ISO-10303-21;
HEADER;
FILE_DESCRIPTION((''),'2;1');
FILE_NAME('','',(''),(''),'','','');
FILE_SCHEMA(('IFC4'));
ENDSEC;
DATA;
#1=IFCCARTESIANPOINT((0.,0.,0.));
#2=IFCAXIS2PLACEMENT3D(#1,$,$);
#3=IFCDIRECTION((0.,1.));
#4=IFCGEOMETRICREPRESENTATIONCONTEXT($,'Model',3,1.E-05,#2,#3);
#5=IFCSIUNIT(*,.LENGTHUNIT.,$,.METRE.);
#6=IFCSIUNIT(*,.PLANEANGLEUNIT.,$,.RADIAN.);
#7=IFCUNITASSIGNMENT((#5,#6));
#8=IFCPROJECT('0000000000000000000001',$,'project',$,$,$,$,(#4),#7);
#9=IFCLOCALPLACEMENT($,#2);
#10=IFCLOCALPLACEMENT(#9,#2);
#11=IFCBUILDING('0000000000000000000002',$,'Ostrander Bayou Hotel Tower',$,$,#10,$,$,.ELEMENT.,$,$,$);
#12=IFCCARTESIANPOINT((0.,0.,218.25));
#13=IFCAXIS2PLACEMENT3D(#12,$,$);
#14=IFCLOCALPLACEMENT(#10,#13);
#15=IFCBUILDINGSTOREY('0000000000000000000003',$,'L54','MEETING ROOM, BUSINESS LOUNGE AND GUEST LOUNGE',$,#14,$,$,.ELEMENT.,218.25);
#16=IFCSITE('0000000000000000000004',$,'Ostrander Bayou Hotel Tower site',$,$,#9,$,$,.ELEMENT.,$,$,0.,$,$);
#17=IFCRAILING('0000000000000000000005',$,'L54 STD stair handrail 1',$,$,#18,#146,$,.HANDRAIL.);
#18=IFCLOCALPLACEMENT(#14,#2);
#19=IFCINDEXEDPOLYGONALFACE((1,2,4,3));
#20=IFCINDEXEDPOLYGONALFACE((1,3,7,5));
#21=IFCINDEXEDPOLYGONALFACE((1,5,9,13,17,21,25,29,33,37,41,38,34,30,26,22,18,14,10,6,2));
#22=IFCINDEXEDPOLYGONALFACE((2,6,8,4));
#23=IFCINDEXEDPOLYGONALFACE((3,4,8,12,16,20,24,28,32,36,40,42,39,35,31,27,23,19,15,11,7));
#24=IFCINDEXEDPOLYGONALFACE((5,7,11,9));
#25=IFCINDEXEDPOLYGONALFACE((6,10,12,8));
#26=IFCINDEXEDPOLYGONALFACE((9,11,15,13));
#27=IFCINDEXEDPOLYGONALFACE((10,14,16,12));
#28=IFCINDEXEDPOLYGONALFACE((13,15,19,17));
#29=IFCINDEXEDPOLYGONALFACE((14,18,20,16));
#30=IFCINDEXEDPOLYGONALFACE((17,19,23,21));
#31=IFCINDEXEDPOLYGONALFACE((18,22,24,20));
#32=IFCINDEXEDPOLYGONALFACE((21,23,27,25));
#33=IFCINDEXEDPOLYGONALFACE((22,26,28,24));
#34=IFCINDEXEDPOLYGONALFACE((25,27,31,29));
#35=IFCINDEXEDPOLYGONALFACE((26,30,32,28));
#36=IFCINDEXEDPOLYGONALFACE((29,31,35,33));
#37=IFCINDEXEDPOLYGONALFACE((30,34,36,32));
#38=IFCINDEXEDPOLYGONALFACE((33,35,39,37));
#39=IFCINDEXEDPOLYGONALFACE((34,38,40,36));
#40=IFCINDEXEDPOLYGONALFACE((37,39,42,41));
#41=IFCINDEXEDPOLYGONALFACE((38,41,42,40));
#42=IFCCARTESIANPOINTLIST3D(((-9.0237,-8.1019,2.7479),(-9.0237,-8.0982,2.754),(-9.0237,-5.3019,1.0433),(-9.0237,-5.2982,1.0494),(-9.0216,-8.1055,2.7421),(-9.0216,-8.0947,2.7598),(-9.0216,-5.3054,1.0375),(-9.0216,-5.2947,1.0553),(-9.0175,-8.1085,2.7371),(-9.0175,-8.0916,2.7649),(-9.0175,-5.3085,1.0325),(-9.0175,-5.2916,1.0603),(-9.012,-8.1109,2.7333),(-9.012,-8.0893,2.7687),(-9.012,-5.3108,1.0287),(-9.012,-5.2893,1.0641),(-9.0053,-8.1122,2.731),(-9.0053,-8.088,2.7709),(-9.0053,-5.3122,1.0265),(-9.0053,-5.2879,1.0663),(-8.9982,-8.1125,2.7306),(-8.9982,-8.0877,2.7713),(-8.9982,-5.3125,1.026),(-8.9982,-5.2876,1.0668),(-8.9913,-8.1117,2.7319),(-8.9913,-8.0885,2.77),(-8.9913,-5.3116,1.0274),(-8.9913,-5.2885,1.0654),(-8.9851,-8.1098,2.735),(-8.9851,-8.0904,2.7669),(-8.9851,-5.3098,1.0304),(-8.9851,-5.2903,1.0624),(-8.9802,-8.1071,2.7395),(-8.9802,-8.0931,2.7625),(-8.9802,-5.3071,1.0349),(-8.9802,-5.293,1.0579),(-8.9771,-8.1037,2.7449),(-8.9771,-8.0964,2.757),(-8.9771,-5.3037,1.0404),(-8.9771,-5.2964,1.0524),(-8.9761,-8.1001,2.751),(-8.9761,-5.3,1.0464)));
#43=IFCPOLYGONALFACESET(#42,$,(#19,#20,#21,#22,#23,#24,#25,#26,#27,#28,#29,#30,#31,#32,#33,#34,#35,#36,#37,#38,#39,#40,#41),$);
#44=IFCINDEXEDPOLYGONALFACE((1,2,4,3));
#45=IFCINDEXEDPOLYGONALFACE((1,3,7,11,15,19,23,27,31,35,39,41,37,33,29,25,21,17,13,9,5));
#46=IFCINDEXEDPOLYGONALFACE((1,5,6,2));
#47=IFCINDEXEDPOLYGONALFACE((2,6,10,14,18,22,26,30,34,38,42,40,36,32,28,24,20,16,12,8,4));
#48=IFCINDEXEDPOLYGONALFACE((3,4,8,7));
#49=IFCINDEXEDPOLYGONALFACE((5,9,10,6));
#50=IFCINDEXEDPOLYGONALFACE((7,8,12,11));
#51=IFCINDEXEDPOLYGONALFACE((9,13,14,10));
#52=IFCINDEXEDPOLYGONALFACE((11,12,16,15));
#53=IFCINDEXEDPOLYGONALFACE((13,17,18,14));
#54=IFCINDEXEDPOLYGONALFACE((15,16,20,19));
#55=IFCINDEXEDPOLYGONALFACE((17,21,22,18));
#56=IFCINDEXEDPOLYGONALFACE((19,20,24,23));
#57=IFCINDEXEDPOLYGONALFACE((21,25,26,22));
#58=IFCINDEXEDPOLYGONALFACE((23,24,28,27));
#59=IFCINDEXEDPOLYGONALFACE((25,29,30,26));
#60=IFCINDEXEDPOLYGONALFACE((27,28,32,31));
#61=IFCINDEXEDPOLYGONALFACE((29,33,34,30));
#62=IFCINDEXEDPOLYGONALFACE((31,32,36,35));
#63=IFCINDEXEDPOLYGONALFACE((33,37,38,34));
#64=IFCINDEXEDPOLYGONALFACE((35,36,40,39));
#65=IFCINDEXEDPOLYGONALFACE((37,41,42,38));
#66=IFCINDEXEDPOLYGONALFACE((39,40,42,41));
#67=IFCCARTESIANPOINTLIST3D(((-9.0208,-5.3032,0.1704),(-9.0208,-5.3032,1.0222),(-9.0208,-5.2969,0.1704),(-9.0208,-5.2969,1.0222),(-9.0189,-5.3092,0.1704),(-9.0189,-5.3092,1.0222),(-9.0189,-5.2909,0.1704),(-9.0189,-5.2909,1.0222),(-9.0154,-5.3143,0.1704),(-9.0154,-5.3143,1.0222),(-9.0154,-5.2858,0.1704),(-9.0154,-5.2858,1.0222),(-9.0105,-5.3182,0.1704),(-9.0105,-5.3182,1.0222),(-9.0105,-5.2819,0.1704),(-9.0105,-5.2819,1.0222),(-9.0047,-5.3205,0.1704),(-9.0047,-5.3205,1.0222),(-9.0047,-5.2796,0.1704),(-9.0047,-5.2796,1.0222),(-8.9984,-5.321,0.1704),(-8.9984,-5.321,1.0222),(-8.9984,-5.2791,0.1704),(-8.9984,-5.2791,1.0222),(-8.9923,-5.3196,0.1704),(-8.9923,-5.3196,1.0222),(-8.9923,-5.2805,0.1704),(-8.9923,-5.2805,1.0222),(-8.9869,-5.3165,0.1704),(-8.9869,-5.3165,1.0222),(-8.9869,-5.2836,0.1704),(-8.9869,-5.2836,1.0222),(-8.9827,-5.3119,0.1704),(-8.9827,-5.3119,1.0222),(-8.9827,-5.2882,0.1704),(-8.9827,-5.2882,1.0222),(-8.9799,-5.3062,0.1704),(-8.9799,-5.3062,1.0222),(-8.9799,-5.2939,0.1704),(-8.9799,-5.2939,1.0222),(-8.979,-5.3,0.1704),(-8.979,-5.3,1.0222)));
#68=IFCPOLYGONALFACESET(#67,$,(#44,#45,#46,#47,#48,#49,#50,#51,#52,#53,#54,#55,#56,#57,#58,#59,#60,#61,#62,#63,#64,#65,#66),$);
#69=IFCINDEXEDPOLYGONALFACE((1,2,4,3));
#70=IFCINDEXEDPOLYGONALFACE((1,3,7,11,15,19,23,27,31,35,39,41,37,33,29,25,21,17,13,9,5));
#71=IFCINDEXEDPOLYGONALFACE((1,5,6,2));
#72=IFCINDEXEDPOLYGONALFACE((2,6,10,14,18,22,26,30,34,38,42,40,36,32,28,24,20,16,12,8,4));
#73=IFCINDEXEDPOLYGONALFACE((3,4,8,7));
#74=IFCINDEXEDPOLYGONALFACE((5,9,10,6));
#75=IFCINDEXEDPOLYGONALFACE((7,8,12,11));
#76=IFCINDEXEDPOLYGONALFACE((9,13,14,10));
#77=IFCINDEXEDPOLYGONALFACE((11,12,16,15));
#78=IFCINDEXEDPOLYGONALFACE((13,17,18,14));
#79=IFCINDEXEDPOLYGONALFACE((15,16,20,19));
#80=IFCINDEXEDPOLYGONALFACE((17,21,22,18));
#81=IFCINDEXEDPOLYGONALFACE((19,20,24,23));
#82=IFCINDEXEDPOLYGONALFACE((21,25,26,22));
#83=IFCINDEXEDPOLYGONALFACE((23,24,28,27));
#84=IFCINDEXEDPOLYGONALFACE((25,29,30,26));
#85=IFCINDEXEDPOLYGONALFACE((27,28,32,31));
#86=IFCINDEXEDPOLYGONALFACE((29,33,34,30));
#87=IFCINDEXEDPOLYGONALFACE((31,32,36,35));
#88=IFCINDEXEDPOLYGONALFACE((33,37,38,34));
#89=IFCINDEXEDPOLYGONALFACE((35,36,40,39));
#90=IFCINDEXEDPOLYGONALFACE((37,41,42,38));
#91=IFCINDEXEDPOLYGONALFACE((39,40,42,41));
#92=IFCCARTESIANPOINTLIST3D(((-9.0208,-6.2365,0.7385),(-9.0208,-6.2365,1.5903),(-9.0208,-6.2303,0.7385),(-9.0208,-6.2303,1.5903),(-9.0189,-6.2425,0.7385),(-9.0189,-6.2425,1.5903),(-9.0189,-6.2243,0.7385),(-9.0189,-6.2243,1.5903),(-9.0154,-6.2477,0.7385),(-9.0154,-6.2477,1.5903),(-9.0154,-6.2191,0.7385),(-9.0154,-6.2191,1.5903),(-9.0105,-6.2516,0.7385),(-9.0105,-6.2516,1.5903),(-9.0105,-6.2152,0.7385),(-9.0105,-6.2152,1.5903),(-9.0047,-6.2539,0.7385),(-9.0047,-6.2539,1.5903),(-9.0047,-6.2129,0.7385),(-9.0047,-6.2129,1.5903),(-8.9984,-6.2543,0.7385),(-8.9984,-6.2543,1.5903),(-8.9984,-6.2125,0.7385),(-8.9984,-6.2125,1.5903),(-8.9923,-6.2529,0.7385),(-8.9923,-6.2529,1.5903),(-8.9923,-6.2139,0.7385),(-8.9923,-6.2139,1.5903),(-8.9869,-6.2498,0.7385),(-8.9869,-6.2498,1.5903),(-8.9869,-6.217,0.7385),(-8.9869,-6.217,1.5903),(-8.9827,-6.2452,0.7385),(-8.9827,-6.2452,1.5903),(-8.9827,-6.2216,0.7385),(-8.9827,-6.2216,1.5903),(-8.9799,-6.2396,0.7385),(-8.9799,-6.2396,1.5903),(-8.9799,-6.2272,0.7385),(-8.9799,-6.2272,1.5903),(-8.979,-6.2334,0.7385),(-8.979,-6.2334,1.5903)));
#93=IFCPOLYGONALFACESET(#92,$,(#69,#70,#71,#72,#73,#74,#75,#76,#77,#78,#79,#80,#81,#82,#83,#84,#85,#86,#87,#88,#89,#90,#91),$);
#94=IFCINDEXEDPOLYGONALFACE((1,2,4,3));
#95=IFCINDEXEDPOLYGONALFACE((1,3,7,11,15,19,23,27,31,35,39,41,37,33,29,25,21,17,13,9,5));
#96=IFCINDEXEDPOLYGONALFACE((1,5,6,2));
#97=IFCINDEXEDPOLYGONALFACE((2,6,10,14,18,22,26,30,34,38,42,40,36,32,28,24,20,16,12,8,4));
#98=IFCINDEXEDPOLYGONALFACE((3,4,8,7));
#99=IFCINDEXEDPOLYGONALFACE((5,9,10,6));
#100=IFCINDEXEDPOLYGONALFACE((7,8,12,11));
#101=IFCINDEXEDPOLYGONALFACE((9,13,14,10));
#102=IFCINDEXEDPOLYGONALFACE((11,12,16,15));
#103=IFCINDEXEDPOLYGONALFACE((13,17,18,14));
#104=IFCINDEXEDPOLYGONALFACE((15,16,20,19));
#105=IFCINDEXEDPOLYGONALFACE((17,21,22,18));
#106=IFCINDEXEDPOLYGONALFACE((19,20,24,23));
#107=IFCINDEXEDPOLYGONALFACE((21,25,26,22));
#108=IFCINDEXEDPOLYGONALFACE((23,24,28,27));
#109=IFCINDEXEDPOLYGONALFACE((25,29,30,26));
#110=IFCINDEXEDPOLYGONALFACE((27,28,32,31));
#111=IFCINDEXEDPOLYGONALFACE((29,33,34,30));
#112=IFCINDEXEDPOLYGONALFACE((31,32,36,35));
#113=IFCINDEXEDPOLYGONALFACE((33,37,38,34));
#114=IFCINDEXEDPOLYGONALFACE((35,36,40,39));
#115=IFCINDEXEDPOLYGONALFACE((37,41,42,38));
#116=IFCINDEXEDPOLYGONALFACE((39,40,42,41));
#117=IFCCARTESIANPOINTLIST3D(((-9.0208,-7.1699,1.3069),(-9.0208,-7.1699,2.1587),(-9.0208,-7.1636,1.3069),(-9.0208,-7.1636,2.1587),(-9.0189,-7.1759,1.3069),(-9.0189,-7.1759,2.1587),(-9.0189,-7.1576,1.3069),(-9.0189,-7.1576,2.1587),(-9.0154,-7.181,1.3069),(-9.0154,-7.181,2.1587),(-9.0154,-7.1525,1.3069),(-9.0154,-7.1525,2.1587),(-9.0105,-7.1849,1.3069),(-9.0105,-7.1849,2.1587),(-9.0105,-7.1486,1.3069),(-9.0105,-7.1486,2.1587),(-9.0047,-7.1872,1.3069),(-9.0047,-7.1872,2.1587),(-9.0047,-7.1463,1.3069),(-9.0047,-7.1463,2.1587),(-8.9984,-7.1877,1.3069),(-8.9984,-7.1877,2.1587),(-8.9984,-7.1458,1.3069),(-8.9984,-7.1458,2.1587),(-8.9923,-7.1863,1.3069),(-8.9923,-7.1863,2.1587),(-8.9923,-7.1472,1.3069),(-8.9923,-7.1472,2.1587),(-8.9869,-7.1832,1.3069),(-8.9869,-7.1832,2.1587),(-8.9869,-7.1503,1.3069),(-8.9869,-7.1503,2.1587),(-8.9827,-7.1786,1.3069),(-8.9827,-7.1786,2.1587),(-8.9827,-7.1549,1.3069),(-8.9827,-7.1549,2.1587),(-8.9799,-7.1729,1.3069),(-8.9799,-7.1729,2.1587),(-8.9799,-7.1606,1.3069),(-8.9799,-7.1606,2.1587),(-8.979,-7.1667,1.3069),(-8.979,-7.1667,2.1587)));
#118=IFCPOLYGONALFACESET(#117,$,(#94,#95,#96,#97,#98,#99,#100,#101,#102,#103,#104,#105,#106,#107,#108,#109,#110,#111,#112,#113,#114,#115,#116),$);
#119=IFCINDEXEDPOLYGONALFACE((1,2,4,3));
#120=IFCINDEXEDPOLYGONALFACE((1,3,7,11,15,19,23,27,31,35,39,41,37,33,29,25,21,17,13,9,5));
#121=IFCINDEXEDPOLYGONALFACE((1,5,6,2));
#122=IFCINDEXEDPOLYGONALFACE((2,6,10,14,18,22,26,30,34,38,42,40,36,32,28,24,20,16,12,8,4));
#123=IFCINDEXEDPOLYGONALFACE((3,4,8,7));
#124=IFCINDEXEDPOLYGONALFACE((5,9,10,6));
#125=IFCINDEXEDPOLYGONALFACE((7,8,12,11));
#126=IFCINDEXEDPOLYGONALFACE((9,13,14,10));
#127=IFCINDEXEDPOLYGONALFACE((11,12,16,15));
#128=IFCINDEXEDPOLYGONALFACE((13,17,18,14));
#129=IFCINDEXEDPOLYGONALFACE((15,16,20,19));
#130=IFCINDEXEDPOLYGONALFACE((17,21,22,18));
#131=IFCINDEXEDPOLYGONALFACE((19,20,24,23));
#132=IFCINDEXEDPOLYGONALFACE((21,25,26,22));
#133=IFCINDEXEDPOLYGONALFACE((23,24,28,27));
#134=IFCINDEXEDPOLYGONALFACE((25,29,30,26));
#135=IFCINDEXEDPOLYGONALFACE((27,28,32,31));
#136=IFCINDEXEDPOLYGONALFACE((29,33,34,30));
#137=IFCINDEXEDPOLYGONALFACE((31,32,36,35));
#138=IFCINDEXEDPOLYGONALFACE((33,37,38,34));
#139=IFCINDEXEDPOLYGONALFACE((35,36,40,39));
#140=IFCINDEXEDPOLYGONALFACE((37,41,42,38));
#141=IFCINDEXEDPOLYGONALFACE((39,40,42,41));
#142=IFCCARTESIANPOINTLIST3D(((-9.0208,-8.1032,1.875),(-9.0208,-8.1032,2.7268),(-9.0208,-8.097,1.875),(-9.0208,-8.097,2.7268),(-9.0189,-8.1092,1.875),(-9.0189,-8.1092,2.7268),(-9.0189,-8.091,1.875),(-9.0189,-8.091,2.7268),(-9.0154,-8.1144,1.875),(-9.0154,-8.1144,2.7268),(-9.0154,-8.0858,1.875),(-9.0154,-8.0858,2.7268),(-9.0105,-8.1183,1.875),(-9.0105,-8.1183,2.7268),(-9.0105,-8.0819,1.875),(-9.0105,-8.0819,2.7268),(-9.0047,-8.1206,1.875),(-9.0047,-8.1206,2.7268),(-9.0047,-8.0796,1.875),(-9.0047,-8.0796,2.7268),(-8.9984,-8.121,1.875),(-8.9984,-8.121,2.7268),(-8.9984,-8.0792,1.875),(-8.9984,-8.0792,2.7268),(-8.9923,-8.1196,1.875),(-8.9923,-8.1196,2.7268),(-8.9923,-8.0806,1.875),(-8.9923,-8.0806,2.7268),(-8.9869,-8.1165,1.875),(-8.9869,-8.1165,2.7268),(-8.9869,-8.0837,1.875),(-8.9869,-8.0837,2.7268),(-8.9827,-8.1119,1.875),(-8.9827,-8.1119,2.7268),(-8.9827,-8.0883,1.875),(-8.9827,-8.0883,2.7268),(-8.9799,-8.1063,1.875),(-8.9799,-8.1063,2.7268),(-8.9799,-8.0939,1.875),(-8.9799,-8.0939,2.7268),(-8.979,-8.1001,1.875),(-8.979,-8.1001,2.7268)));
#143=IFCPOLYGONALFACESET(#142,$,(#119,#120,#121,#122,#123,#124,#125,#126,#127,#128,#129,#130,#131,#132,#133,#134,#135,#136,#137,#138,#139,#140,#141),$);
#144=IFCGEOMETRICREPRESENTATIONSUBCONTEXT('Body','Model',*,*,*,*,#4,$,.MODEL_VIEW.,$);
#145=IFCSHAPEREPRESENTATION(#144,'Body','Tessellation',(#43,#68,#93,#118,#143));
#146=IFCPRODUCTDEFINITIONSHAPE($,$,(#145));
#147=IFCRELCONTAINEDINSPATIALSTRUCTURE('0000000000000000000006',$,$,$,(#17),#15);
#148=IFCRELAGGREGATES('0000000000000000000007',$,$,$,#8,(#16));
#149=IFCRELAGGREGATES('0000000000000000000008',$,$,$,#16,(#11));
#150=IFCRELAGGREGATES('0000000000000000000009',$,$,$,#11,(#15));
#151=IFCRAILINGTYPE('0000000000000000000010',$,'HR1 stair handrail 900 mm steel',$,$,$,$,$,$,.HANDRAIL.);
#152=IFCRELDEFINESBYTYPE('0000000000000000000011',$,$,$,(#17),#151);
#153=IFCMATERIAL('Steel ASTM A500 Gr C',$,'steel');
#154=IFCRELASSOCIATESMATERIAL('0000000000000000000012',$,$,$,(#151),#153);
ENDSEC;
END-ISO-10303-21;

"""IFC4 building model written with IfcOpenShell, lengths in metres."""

from ifc_helpers import new_model, si_unit, direction, frame, origin, origin_2d, place, context, subcontext, project, spatial, circle, extrude, material, type_object, element, save


model = new_model("IFC4")

# Units and contexts
model_context = context("Model", 3, precision=1e-05, world=origin(), true_north=direction((0.0, 1.0)))
body_context = subcontext(model_context, "Body", "Model", "MODEL_VIEW")
ifc_project = project(units=[si_unit("LENGTHUNIT", "METRE"), si_unit("PLANEANGLEUNIT", "RADIAN")], contexts=[model_context])

# Site, building, storey
site_placement = place(None, origin())
site = spatial("IfcSite", under=ifc_project, at=site_placement, Name="Ostrander Bayou Hotel Tower site", CompositionType="ELEMENT", RefElevation=0.0)
building_placement = place(site_placement, origin())
building = spatial("IfcBuilding", under=site, at=building_placement, Name="Ostrander Bayou Hotel Tower", CompositionType="ELEMENT")
storey_placement = place(building_placement, frame((0.0, 0.0, 218.25)))
storey = spatial("IfcBuildingStorey", under=building, at=storey_placement, Name="L54", Description="MEETING ROOM, BUSINESS LOUNGE AND GUEST LOUNGE", CompositionType="ELEMENT", Elevation=218.25)

# Railing
ifc_material_1 = material(Name="Steel ASTM A500 Gr C", Category="steel")
railing_type_1 = type_object("IfcRailingType", Name="HR1 stair handrail 900 mm steel", PredefinedType="HANDRAIL", material=ifc_material_1)
railing_1_placement = place(storey_placement, frame((-9.0, -5.3, 0.1704)))
element("IfcRailing", 1, at=railing_1_placement, inside=storey, type_object=railing_type_1, Name="L54 STD stair handrail 1", PredefinedType="HANDRAIL", context=body_context, shape_type="SweptSolid", body=[
    extrude(circle(Radius=0.0239, at=origin_2d()), frame((0.0, 0.0, 0.876), z_axis=(0.0, -0.85417, 0.519994), x_axis=(1.0, 0.0, 0.0)), (0.0, 0.0, 1.0), 3.2781),
    extrude(circle(Radius=0.021, at=origin_2d()), origin(), (0.0, 0.0, 1.0), 0.8518),
    extrude(circle(Radius=0.021, at=origin_2d()), frame((0.0, -0.9333, 0.5681)), (0.0, 0.0, 1.0), 0.8518),
    extrude(circle(Radius=0.021, at=origin_2d()), frame((0.0, -1.8667, 1.1365)), (0.0, 0.0, 1.0), 0.8518),
    extrude(circle(Radius=0.021, at=origin_2d()), frame((0.0, -2.8, 1.7046)), (0.0, 0.0, 1.0), 0.8518),
])

save(model, "model.ifc")
